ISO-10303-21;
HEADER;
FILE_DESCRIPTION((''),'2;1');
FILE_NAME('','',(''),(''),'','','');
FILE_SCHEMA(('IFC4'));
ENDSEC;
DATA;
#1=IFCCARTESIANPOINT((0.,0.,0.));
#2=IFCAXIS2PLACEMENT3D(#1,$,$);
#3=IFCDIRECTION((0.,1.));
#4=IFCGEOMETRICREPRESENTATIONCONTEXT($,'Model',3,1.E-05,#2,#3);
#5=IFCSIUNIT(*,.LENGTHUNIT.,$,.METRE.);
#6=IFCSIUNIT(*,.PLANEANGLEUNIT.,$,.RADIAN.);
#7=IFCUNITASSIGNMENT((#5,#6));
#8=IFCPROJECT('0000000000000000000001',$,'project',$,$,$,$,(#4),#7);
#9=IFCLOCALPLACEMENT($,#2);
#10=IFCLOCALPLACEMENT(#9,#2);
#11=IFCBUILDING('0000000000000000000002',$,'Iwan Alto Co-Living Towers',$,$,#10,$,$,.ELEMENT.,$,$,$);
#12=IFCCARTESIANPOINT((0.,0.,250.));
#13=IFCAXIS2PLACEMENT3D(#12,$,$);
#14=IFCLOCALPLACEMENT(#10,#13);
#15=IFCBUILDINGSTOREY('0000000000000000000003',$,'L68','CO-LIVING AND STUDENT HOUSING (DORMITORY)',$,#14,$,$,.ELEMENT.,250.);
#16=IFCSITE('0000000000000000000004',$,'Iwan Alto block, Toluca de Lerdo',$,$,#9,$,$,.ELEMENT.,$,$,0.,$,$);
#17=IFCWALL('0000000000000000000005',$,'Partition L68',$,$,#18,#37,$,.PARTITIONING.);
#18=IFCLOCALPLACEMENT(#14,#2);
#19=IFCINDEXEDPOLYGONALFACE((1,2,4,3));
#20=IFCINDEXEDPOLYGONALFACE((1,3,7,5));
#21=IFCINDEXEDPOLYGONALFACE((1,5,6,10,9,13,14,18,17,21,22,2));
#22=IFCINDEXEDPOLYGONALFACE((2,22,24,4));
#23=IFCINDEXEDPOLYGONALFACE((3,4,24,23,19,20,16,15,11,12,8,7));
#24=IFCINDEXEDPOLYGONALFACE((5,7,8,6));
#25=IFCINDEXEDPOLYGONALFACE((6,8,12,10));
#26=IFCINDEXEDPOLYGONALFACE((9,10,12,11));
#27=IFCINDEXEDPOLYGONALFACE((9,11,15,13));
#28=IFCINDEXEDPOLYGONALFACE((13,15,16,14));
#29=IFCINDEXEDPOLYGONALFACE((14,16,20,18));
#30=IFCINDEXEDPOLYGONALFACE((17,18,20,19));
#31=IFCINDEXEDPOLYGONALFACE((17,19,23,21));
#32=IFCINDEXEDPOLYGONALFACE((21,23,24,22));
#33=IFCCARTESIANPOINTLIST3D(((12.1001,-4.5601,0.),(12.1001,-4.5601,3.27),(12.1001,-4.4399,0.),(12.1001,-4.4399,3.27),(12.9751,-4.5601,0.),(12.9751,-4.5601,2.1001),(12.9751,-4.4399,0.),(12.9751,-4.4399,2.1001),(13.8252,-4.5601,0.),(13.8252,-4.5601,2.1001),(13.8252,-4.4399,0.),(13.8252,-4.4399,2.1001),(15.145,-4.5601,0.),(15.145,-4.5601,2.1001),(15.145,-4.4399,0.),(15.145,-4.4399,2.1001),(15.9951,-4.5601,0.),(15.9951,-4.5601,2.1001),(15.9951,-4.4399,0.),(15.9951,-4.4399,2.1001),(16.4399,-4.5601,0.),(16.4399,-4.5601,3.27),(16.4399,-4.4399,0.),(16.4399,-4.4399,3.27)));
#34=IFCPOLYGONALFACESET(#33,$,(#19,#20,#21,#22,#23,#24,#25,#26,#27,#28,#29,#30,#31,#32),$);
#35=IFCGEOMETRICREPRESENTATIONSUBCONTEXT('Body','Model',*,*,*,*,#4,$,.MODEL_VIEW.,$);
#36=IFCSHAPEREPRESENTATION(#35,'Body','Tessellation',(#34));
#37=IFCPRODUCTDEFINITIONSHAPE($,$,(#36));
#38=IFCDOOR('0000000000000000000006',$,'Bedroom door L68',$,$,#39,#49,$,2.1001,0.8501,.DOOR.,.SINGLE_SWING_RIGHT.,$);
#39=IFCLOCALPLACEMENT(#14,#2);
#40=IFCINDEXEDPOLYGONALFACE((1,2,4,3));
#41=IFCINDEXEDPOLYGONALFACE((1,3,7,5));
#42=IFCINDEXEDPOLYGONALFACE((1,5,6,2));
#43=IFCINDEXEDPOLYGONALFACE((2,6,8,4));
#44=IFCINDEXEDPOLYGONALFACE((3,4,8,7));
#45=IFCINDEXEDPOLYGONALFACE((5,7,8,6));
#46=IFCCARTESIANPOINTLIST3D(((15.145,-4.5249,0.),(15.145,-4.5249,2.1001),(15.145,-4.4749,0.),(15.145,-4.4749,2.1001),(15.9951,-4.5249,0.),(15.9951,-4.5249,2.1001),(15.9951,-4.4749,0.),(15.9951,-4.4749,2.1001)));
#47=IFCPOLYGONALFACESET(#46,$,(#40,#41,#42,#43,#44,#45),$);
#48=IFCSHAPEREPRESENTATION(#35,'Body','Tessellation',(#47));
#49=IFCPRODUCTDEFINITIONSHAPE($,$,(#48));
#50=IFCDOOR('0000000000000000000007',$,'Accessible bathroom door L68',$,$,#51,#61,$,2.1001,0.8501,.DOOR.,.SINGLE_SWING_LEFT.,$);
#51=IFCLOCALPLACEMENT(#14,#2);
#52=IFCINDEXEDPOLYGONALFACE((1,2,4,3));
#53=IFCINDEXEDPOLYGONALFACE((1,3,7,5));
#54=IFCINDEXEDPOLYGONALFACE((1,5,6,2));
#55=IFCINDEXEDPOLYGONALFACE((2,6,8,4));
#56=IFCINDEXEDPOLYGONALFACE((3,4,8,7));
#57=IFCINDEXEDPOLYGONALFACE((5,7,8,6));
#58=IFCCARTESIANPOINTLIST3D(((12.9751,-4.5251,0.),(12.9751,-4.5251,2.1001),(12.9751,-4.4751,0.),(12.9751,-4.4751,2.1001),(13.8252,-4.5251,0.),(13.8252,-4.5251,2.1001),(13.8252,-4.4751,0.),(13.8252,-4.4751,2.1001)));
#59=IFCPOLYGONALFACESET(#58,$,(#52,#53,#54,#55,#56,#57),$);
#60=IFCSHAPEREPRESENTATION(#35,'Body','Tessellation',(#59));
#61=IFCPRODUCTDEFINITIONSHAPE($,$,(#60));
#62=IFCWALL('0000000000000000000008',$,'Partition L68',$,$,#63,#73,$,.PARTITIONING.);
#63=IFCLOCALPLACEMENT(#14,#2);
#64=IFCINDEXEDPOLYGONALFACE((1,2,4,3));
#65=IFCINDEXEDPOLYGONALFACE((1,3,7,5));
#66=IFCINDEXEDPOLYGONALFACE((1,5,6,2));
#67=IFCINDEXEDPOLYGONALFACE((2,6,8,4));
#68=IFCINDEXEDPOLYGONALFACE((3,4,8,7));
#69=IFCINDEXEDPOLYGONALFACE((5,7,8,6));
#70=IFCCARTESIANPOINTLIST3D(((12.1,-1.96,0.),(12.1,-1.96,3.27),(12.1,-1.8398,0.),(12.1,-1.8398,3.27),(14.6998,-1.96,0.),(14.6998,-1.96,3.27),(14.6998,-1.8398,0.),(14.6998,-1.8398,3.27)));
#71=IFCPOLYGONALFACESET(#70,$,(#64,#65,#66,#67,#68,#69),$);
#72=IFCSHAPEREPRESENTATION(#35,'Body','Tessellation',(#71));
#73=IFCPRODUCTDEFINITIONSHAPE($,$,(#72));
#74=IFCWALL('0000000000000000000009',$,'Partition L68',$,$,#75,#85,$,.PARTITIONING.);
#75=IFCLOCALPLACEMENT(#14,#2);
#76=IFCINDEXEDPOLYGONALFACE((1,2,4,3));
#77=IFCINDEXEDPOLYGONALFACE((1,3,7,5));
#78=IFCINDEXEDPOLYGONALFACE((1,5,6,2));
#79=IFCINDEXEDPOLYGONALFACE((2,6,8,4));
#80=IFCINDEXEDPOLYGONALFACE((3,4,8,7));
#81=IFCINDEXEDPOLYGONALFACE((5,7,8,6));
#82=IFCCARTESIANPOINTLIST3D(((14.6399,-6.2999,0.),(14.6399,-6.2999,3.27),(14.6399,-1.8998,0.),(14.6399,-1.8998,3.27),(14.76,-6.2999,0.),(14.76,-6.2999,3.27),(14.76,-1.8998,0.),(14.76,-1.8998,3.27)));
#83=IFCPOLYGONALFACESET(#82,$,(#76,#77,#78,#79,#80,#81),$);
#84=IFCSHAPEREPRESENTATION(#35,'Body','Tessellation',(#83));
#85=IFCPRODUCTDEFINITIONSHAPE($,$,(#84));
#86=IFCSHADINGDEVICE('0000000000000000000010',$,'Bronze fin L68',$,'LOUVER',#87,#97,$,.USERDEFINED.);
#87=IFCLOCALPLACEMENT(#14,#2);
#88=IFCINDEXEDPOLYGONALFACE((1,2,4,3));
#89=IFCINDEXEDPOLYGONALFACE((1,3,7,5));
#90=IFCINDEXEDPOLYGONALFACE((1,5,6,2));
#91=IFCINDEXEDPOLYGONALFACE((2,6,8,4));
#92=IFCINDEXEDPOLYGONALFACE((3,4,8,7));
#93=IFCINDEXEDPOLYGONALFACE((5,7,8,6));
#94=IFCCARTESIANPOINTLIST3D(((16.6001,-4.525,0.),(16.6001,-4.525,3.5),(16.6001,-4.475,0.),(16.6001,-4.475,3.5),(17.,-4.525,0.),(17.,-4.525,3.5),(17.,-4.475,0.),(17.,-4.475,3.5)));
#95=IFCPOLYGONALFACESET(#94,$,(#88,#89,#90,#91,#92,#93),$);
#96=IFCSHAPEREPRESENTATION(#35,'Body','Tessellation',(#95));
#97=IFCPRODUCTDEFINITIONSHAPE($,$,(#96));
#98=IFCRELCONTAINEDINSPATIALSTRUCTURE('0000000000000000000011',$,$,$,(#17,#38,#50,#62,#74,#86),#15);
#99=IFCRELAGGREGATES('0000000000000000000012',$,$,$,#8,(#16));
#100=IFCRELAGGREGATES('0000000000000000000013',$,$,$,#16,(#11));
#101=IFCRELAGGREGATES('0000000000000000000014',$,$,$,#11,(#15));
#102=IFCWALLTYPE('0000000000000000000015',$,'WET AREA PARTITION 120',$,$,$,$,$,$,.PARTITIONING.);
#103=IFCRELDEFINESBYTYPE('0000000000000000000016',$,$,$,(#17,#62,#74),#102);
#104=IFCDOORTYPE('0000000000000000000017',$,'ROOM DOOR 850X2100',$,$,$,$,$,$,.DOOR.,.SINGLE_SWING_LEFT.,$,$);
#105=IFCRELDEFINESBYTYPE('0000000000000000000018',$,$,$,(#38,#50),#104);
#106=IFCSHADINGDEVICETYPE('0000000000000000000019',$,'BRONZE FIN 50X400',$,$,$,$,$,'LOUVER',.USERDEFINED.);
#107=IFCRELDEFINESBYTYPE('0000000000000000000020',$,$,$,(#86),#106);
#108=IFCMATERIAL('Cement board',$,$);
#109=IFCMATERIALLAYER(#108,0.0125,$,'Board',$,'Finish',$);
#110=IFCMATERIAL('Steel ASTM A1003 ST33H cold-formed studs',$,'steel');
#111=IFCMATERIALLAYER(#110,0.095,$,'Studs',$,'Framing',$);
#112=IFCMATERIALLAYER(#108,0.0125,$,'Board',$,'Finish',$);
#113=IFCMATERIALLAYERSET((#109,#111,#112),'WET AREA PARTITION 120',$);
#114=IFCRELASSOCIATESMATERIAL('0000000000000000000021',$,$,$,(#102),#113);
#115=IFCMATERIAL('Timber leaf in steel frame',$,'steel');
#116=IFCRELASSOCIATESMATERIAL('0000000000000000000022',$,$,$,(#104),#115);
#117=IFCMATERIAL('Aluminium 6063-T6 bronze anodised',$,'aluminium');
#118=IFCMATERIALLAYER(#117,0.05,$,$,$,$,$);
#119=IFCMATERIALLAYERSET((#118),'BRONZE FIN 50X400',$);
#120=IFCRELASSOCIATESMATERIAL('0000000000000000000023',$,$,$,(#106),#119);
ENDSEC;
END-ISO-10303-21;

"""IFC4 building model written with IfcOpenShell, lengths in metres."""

from ifc_helpers import new_model, si_unit, direction, frame, frame_2d, origin, origin_2d, place, context, subcontext, project, spatial, rectangle, extrude, material, layer, layer_set, type_object, element, fill, save


model = new_model("IFC4")

# Units and contexts
model_context = context("Model", 3, precision=1e-05, world=origin(), true_north=direction((0.0, 1.0)))
body_context = subcontext(model_context, "Body", "Model", "MODEL_VIEW")
ifc_project = project(units=[si_unit("LENGTHUNIT", "METRE"), si_unit("PLANEANGLEUNIT", "RADIAN")], contexts=[model_context])

# Site, building, storey
site_placement = place(None, origin())
site = spatial("IfcSite", under=ifc_project, at=site_placement, Name="Iwan Alto block, Toluca de Lerdo", CompositionType="ELEMENT", RefElevation=0.0)
building_placement = place(site_placement, origin())
building = spatial("IfcBuilding", under=site, at=building_placement, Name="Iwan Alto Co-Living Towers", CompositionType="ELEMENT")
storey_placement = place(building_placement, frame((0.0, 0.0, 250.0)))
storey = spatial("IfcBuildingStorey", under=building, at=storey_placement, Name="L68", Description="CO-LIVING AND STUDENT HOUSING (DORMITORY)", CompositionType="ELEMENT", Elevation=250.0)

# Wall, openings, doors
ifc_material_1 = material(Name="Cement board")
ifc_layer_1 = layer(ifc_material_1, 0.0125, Name="Board", Category="Finish")
ifc_material_2 = material(Name="Steel ASTM A1003 ST33H cold-formed studs", Category="steel")
ifc_layer_2 = layer(ifc_material_2, 0.095, Name="Studs", Category="Framing")
ifc_layer_3 = layer(ifc_material_1, 0.0125, Name="Board", Category="Finish")
ifc_layer_set_1 = layer_set([ifc_layer_1, ifc_layer_2, ifc_layer_3], Name="WET AREA PARTITION 120")
wall_type = type_object("IfcWallType", Name="WET AREA PARTITION 120", PredefinedType="PARTITIONING", material=ifc_layer_set_1)
wall_1_placement = place(storey_placement, frame((12.1001, -4.5, 0.0), z_axis=(0.0, 0.0, 1.0), x_axis=(1.0, 0.0, 0.0)))
wall_1 = element("IfcWall", 1, at=wall_1_placement, inside=storey, type_object=wall_type, Name="Partition L68", PredefinedType="PARTITIONING", context=body_context, shape_type="SweptSolid", body=[
    extrude(rectangle(XDim=4.3398, YDim=0.1201, at=frame_2d((2.1699, 0.0))), origin(), (0.0, 0.0, 1.0), 3.27),
])
opening_1_placement = place(wall_1_placement, frame((3.0449, 0.0, 0.0)))
opening_1 = element("IfcOpeningElement", 2, at=opening_1_placement, cuts=wall_1, PredefinedType="OPENING", context=body_context, shape_type="SweptSolid", body=[
    extrude(rectangle(XDim=0.8501, YDim=2.1001, at=frame_2d((0.425, 1.05))), frame((0.0, 0.0701, 0.0), z_axis=(0.0, -1.0, 0.0), x_axis=(1.0, 0.0, 0.0)), (0.0, 0.0, 1.0), 0.1401),
])
opening_2_placement = place(wall_1_placement, frame((0.875, 0.0, 0.0)))
opening_2 = element("IfcOpeningElement", 3, at=opening_2_placement, cuts=wall_1, PredefinedType="OPENING", context=body_context, shape_type="SweptSolid", body=[
    extrude(rectangle(XDim=0.8501, YDim=2.1001, at=frame_2d((0.425, 1.05))), frame((0.0, 0.0701, 0.0), z_axis=(0.0, -1.0, 0.0), x_axis=(1.0, 0.0, 0.0)), (0.0, 0.0, 1.0), 0.1401),
])
ifc_material_3 = material(Name="Timber leaf in steel frame", Category="steel")
door_type = type_object("IfcDoorType", Name="ROOM DOOR 850X2100", OperationType="SINGLE_SWING_LEFT", PredefinedType="DOOR", material=ifc_material_3)
door_1_placement = place(opening_1_placement, frame((0.8501, 0.0, 0.0), z_axis=(0.0, 0.0, 1.0), x_axis=(-1.0, 0.0, 0.0)))
door_1 = element("IfcDoor", 4, at=door_1_placement, inside=storey, type_object=door_type, Name="Bedroom door L68", OperationType="SINGLE_SWING_RIGHT", OverallHeight=2.1001, OverallWidth=0.8501, PredefinedType="DOOR", context=body_context, shape_type="SweptSolid", body=[
    extrude(rectangle(XDim=0.8501, YDim=2.1001, at=frame_2d((0.425, 1.05))), frame((0.0, 0.0249, 0.0), z_axis=(0.0, -1.0, 0.0), x_axis=(1.0, 0.0, 0.0)), (0.0, 0.0, 1.0), 0.05),
])
fill(opening_1, door_1)
door_2_placement = place(opening_2_placement, origin())
door_2 = element("IfcDoor", 5, at=door_2_placement, inside=storey, type_object=door_type, Name="Accessible bathroom door L68", OperationType="SINGLE_SWING_LEFT", OverallHeight=2.1001, OverallWidth=0.8501, PredefinedType="DOOR", context=body_context, shape_type="SweptSolid", body=[
    extrude(rectangle(XDim=0.8501, YDim=2.1001, at=frame_2d((0.425, 1.05))), frame((0.0, 0.0249, 0.0), z_axis=(0.0, -1.0, 0.0), x_axis=(1.0, 0.0, 0.0)), (0.0, 0.0, 1.0), 0.05),
])
fill(opening_2, door_2)

# Walls
wall_2_placement = place(storey_placement, frame((12.1001, -1.8999, 0.0), z_axis=(0.0, 0.0, 1.0), x_axis=(1.0, 0.0, 0.0)))
element("IfcWall", 6, at=wall_2_placement, inside=storey, type_object=wall_type, Name="Partition L68", PredefinedType="PARTITIONING", context=body_context, shape_type="SweptSolid", body=[
    extrude(rectangle(XDim=2.5999, YDim=0.1201, at=frame_2d((1.2998, 0.0))), origin(), (0.0, 0.0, 1.0), 3.27),
])
wall_3_placement = place(storey_placement, frame((14.7, -6.3, 0.0), z_axis=(0.0, 0.0, 1.0), x_axis=(0.0, 1.0, 0.0)))
element("IfcWall", 7, at=wall_3_placement, inside=storey, type_object=wall_type, Name="Partition L68", PredefinedType="PARTITIONING", context=body_context, shape_type="SweptSolid", body=[
    extrude(rectangle(XDim=4.4001, YDim=0.1201, at=frame_2d((2.2002, 0.0))), origin(), (0.0, 0.0, 1.0), 3.27),
])

# Shading device
ifc_material_4 = material(Name="Aluminium 6063-T6 bronze anodised", Category="aluminium")
ifc_layer_4 = layer(ifc_material_4, 0.05)
ifc_layer_set_2 = layer_set([ifc_layer_4], Name="BRONZE FIN 50X400")
shading_device_type = type_object("IfcShadingDeviceType", Name="BRONZE FIN 50X400", ElementType="LOUVER", PredefinedType="USERDEFINED", material=ifc_layer_set_2)
shading_device_placement = place(storey_placement, frame((16.8, -4.5, 0.0), z_axis=(0.0, 0.0, 1.0), x_axis=(0.0, 1.0, 0.0)))
element("IfcShadingDevice", 8, at=shading_device_placement, inside=storey, type_object=shading_device_type, Name="Bronze fin L68", ObjectType="LOUVER", PredefinedType="USERDEFINED", context=body_context, shape_type="SweptSolid", body=[
    extrude(rectangle(XDim=0.05, YDim=0.3999, at=origin_2d()), origin(), (0.0, 0.0, 1.0), 3.5),
])

save(model, "model.ifc")
